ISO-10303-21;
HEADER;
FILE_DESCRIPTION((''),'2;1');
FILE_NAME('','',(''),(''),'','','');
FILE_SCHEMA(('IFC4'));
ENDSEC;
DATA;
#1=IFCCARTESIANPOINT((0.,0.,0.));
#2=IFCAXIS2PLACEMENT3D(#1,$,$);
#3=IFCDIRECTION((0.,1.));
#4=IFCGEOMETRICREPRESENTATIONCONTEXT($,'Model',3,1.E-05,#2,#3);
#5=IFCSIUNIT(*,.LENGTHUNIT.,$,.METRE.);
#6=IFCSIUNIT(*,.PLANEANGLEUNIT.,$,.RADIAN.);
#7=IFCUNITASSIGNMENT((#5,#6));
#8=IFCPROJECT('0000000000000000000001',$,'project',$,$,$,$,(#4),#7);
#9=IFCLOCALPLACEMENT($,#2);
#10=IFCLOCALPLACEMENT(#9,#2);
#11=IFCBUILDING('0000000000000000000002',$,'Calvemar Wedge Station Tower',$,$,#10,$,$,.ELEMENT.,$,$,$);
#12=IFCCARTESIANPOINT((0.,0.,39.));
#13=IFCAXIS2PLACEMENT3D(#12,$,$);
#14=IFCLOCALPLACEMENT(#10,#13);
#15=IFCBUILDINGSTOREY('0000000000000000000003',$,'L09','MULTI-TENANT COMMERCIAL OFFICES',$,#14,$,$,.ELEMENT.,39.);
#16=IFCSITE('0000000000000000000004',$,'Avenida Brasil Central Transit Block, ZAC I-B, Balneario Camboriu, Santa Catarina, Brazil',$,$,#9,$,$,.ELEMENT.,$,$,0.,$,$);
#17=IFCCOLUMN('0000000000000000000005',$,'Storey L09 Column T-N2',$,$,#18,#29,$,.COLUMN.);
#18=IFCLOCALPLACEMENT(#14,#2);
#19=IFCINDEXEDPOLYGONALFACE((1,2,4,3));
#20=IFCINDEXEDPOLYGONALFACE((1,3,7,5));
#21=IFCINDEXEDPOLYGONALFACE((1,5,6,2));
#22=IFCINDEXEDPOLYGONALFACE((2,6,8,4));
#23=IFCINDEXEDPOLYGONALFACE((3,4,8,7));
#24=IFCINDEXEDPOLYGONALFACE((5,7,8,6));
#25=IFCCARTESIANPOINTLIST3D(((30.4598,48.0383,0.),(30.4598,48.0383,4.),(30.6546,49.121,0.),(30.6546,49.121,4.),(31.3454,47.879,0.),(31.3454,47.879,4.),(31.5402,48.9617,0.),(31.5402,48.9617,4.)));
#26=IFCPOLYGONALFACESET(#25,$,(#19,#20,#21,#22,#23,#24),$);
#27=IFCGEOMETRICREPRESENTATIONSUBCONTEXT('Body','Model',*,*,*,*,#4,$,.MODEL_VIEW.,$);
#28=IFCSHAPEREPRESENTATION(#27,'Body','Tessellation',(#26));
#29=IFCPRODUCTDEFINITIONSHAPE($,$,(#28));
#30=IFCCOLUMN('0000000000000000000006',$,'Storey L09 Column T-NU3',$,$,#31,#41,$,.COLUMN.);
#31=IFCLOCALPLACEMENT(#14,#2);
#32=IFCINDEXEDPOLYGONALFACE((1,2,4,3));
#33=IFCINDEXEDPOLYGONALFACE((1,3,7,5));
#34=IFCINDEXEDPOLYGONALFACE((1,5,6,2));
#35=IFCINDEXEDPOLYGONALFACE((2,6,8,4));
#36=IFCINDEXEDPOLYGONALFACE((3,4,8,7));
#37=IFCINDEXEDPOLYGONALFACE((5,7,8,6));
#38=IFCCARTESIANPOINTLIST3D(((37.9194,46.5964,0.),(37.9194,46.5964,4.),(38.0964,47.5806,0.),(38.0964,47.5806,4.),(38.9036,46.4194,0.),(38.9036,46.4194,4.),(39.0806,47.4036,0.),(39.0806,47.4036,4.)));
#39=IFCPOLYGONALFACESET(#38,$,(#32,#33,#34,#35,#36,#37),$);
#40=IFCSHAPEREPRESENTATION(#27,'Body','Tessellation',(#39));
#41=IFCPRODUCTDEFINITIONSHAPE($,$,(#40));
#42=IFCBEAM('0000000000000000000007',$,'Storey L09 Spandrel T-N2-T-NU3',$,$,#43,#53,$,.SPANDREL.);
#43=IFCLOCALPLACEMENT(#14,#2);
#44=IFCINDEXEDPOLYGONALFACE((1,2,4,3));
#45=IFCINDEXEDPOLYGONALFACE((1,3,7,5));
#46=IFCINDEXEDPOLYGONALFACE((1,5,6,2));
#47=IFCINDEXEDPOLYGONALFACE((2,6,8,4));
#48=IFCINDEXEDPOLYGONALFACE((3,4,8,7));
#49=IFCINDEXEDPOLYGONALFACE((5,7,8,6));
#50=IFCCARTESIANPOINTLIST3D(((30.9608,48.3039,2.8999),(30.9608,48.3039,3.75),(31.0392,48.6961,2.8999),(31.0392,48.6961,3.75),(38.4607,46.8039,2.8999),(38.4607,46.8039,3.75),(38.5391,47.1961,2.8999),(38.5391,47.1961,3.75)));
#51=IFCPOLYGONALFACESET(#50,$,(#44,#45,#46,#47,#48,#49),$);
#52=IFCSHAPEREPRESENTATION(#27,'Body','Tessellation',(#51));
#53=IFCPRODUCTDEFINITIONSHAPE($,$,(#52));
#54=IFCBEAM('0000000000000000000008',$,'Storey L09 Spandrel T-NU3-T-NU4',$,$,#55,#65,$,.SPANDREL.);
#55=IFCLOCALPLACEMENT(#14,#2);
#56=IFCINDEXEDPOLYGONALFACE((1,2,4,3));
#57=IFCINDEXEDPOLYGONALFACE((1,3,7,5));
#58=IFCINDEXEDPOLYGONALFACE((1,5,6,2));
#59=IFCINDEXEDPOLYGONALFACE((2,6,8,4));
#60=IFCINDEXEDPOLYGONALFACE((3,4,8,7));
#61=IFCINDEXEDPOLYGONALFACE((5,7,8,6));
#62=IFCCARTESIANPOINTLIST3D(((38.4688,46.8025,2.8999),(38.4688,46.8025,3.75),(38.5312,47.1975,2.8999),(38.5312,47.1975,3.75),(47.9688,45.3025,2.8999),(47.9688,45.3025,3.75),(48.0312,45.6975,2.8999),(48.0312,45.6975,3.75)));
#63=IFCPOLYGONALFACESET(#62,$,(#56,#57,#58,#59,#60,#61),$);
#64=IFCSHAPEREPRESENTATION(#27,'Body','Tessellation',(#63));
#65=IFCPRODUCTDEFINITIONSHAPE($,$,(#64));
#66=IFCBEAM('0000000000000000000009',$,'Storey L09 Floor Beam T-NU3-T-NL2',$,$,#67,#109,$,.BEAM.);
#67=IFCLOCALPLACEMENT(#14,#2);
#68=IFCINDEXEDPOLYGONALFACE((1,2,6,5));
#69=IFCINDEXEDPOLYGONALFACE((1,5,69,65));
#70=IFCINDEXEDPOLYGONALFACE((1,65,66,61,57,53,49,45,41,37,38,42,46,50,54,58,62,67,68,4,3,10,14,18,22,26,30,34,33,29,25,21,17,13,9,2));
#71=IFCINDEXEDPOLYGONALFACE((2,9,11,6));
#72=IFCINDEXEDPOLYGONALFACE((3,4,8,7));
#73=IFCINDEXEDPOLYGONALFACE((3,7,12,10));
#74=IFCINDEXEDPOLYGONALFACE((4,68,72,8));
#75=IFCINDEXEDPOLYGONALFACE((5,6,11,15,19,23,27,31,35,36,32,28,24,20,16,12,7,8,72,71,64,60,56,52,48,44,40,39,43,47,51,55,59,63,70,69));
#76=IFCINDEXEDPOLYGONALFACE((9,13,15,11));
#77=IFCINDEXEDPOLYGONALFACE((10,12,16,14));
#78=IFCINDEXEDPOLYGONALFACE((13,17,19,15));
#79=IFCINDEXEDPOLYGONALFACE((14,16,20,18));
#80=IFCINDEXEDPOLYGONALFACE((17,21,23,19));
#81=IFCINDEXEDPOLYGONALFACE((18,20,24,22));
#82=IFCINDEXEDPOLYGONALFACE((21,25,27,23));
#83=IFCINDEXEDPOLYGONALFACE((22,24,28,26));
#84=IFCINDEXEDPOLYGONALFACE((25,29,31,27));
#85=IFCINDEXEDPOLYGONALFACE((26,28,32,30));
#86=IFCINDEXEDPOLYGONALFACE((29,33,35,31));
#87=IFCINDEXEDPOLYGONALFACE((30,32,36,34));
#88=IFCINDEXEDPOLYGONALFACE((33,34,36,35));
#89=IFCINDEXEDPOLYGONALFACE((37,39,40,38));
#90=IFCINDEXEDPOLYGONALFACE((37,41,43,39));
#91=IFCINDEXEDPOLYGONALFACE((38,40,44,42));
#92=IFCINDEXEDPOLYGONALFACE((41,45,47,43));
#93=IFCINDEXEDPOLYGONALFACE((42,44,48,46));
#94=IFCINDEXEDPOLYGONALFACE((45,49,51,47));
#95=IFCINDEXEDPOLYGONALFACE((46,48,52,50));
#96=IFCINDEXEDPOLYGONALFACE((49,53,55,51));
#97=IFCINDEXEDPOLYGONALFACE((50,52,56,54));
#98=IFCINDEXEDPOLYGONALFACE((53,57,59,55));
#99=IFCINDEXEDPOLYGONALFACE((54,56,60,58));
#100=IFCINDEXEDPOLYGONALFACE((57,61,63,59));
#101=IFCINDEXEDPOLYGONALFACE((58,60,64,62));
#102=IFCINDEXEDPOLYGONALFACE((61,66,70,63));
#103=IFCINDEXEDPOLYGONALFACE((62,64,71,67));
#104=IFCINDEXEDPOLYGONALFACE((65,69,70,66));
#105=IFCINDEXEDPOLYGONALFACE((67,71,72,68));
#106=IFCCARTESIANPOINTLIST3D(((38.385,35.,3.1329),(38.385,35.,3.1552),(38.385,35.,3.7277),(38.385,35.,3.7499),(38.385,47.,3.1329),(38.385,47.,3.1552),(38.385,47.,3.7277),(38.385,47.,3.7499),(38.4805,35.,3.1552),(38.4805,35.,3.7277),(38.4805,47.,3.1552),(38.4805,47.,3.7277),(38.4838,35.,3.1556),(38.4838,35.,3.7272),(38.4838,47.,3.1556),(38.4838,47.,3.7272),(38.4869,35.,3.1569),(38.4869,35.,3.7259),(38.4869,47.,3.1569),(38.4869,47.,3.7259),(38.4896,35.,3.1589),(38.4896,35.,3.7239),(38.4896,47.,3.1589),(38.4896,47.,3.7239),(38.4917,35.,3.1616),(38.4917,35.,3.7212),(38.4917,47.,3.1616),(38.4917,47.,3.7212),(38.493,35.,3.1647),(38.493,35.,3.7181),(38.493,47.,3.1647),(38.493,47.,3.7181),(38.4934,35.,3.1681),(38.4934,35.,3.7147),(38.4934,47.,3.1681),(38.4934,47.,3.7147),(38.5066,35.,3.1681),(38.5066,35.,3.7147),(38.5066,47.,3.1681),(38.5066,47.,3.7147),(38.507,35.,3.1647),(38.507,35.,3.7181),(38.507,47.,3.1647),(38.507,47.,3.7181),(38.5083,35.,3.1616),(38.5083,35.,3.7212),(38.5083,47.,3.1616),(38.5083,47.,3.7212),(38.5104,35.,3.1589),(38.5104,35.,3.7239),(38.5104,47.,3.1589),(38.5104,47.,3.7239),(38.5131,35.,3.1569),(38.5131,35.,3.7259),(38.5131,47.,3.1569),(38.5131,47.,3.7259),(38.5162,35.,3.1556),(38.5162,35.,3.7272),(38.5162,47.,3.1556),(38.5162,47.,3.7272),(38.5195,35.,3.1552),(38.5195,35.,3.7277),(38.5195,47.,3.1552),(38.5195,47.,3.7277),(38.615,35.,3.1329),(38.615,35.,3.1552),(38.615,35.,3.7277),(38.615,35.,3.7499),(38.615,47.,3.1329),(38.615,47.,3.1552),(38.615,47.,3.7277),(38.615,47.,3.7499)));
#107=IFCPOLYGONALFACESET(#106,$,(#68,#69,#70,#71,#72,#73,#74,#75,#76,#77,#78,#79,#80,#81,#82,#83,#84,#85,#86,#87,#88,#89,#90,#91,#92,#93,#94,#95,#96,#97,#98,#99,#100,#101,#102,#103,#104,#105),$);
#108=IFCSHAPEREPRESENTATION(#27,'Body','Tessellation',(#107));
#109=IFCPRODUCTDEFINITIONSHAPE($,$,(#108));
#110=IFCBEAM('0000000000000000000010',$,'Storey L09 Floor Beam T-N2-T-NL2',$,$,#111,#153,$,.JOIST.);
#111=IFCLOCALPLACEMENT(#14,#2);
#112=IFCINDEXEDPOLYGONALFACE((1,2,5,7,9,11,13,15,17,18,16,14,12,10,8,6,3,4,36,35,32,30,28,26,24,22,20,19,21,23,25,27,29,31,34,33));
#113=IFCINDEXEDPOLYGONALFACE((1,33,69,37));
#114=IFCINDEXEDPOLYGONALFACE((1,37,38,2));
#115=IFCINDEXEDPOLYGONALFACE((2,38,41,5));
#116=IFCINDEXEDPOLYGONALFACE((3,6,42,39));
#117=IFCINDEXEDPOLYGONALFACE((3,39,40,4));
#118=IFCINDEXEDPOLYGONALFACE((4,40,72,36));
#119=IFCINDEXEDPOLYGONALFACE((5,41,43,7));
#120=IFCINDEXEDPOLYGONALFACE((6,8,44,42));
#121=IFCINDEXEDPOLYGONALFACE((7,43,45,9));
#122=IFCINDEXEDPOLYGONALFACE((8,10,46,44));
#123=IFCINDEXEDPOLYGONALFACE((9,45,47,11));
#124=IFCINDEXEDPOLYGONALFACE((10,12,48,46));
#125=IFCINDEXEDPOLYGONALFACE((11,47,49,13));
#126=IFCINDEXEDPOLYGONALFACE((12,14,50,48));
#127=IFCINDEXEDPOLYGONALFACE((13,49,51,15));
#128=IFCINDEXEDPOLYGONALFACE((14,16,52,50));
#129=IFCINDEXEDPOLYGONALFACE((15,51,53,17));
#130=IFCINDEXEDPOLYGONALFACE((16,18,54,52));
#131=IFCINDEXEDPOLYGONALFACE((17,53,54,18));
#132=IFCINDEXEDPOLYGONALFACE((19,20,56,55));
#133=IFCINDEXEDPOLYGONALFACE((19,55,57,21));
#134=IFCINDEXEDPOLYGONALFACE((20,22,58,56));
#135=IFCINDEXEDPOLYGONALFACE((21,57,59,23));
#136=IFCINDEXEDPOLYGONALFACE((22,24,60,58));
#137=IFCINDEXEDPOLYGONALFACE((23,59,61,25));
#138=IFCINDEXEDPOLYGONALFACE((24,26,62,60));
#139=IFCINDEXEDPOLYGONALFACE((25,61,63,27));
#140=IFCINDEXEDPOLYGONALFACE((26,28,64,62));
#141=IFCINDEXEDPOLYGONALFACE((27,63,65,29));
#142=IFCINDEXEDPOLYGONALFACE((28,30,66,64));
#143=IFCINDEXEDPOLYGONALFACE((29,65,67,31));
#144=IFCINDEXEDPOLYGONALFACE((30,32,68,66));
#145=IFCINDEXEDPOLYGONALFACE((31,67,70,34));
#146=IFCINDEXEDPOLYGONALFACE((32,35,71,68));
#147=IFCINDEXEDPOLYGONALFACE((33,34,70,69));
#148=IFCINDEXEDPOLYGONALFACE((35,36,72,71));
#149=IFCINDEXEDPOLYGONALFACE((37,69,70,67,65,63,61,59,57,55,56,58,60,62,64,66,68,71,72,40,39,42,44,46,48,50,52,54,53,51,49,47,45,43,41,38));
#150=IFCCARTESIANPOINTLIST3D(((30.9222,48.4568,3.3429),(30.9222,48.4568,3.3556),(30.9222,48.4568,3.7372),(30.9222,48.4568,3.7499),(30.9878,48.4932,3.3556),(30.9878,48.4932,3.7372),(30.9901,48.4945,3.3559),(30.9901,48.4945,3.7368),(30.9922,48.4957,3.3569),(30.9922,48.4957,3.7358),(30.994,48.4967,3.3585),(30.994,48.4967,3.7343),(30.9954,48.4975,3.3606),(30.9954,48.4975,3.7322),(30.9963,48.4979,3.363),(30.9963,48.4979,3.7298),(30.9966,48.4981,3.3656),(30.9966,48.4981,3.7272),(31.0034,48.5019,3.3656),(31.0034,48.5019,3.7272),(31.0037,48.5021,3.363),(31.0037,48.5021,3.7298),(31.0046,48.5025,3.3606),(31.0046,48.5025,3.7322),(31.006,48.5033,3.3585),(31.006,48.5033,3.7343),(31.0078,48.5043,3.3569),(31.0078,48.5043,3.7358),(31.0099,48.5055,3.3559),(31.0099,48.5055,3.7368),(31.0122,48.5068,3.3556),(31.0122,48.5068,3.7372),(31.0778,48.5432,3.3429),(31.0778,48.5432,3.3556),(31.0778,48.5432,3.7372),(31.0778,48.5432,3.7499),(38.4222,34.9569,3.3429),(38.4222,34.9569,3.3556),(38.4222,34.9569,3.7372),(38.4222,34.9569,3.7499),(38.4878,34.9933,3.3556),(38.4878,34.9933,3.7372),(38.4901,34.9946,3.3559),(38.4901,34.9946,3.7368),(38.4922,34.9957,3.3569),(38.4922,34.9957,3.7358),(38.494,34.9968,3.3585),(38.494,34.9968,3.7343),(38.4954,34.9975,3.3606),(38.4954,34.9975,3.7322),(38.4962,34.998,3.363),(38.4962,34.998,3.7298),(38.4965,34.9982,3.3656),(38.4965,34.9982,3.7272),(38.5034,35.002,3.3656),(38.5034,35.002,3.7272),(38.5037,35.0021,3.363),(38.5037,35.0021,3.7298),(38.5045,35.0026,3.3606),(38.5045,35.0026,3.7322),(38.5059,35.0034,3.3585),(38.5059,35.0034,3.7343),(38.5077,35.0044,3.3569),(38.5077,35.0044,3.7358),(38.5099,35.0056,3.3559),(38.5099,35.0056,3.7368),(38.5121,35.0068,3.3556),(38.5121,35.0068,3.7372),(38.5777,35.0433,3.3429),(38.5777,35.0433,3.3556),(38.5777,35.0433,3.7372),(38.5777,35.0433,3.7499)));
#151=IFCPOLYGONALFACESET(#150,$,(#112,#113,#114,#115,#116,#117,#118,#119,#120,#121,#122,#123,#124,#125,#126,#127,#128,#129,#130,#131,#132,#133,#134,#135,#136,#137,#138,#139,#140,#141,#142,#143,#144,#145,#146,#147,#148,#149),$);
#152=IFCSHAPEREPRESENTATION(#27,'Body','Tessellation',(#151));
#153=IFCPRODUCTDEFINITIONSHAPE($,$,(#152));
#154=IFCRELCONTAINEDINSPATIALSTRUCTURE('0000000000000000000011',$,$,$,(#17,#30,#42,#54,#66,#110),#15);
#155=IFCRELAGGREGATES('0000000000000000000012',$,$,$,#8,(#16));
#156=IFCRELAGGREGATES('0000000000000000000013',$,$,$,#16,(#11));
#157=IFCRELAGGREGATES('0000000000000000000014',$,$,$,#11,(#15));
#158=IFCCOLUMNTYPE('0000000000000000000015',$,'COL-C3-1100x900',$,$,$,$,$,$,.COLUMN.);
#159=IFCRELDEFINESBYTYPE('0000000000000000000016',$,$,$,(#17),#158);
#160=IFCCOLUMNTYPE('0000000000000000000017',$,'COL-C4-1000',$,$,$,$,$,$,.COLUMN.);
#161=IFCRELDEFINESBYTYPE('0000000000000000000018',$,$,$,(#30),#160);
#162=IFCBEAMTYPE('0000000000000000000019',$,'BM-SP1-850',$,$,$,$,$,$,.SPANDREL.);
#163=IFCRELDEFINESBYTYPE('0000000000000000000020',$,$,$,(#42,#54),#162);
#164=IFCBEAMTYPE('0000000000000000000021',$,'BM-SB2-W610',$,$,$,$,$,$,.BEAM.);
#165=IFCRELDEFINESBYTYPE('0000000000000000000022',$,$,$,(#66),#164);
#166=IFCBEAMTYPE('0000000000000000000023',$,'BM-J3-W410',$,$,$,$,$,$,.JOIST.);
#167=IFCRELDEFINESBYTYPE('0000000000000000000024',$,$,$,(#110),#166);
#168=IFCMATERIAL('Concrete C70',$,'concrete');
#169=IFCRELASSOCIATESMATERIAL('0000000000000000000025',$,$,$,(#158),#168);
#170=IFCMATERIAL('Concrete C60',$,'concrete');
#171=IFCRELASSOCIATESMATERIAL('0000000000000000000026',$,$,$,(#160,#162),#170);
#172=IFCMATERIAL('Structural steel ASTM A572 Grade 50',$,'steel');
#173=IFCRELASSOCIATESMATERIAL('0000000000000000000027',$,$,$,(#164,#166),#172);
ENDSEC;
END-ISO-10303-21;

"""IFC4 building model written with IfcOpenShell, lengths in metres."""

from ifc_helpers import new_model, si_unit, direction, frame, origin, origin_2d, place, context, subcontext, project, spatial, rectangle, i_section, extrude, source, transform, mapped, material, material_profile, profile_set, type_object, element, save


model = new_model("IFC4")

# Units and contexts
model_context = context("Model", 3, precision=1e-05, world=origin(), true_north=direction((0.0, 1.0)))
body_context = subcontext(model_context, "Body", "Model", "MODEL_VIEW")
ifc_project = project(units=[si_unit("LENGTHUNIT", "METRE"), si_unit("PLANEANGLEUNIT", "RADIAN")], contexts=[model_context])

# Site, building, storey
site_placement = place(None, origin())
site = spatial("IfcSite", under=ifc_project, at=site_placement, Name="Avenida Brasil Central Transit Block, ZAC I-B, Balneario Camboriu, Santa Catarina, Brazil", CompositionType="ELEMENT", RefElevation=0.0)
building_placement = place(site_placement, origin())
building = spatial("IfcBuilding", under=site, at=building_placement, Name="Calvemar Wedge Station Tower", CompositionType="ELEMENT")
storey_placement = place(building_placement, frame((0.0, 0.0, 39.0)))
storey = spatial("IfcBuildingStorey", under=building, at=storey_placement, Name="L09", Description="MULTI-TENANT COMMERCIAL OFFICES", CompositionType="ELEMENT", Elevation=39.0)

# Columns
ifc_material_1 = material(Name="Concrete C70", Category="concrete")
ifc_material_profile_1 = material_profile(ifc_material_1, rectangle(XDim=0.8999, YDim=1.1001, at=origin_2d()), Name="RC1100x900")
ifc_profile_set_1 = profile_set([ifc_material_profile_1], Name="Concrete C70")
column_type_1 = type_object("IfcColumnType", Name="COL-C3-1100x900", PredefinedType="COLUMN", material=ifc_profile_set_1)
shared_shape_1 = source(origin(), body_context, "Body", "SweptSolid", [
    extrude(rectangle(XDim=0.8999, YDim=1.1001, at=origin_2d()), origin(), (0.0, 0.0, 1.0), 4.0),
])
column_1_placement = place(storey_placement, frame((31.0, 48.5, 0.0), z_axis=(0.0, 0.0, 1.0), x_axis=(0.984196, -0.177085, 0.0)))
element("IfcColumn", 1, at=column_1_placement, inside=storey, type_object=column_type_1, Name="Storey L09 Column T-N2", PredefinedType="COLUMN", context=body_context, shape_type="MappedRepresentation", body=[
    mapped(shared_shape_1, transform((0.0, 0.0, 0.0), scale=1.0)),
])
ifc_material_2 = material(Name="Concrete C60", Category="concrete")
ifc_material_profile_2 = material_profile(ifc_material_2, rectangle(XDim=1.0, YDim=1.0, at=origin_2d()), Name="RC1000x1000")
ifc_profile_set_2 = profile_set([ifc_material_profile_2], Name="Concrete C60")
column_type_2 = type_object("IfcColumnType", Name="COL-C4-1000", PredefinedType="COLUMN", material=ifc_profile_set_2)
shared_shape_2 = source(origin(), body_context, "Body", "SweptSolid", [
    extrude(rectangle(XDim=1.0, YDim=1.0, at=origin_2d()), origin(), (0.0, 0.0, 1.0), 4.0),
])
column_2_placement = place(storey_placement, frame((38.5, 47.0, 0.0), z_axis=(0.0, 0.0, 1.0), x_axis=(0.984196, -0.177085, 0.0)))
element("IfcColumn", 2, at=column_2_placement, inside=storey, type_object=column_type_2, Name="Storey L09 Column T-NU3", PredefinedType="COLUMN", context=body_context, shape_type="MappedRepresentation", body=[
    mapped(shared_shape_2, transform((0.0, 0.0, 0.0), scale=1.0)),
])

# Beams
ifc_material_profile_3 = material_profile(ifc_material_2, rectangle(XDim=0.3999, YDim=0.8501, at=origin_2d()), Name="RC400x850")
ifc_profile_set_3 = profile_set([ifc_material_profile_3], Name="Concrete C60")
beam_type_1 = type_object("IfcBeamType", Name="BM-SP1-850", PredefinedType="SPANDREL", material=ifc_profile_set_3)
shared_shape_3 = source(origin(), body_context, "Body", "SweptSolid", [
    extrude(rectangle(XDim=0.3999, YDim=0.8501, at=origin_2d()), origin(), (0.0, 0.0, 1.0), 7.6484),
])
beam_1_placement = place(storey_placement, frame((31.0, 48.5, 3.325), z_axis=(0.980581, -0.196116, 0.0), x_axis=(0.196116, 0.980581, 0.0)))
element("IfcBeam", 3, at=beam_1_placement, inside=storey, type_object=beam_type_1, Name="Storey L09 Spandrel T-N2-T-NU3", PredefinedType="SPANDREL", context=body_context, shape_type="MappedRepresentation", body=[
    mapped(shared_shape_3, transform((0.0, 0.0, 0.0), scale=1.0)),
])
shared_shape_4 = source(origin(), body_context, "Body", "SweptSolid", [
    extrude(rectangle(XDim=0.3999, YDim=0.8501, at=origin_2d()), origin(), (0.0, 0.0, 1.0), 9.6177),
])
beam_2_placement = place(storey_placement, frame((38.5, 47.0, 3.325), z_axis=(0.987763, -0.155963, 0.0), x_axis=(0.155963, 0.987763, 0.0)))
element("IfcBeam", 4, at=beam_2_placement, inside=storey, type_object=beam_type_1, Name="Storey L09 Spandrel T-NU3-T-NU4", PredefinedType="SPANDREL", context=body_context, shape_type="MappedRepresentation", body=[
    mapped(shared_shape_4, transform((0.0, 0.0, 0.0), scale=1.0)),
])
ifc_material_3 = material(Name="Structural steel ASTM A572 Grade 50", Category="steel")
ifc_material_profile_4 = material_profile(ifc_material_3, i_section(OverallWidth=0.23, OverallDepth=0.6169, WebThickness=0.0132, FlangeThickness=0.0222, FilletRadius=0.0129, at=origin_2d()), Name="W610x140")
ifc_profile_set_4 = profile_set([ifc_material_profile_4], Name="Structural steel ASTM A572 Grade 50")
beam_type_2 = type_object("IfcBeamType", Name="BM-SB2-W610", PredefinedType="BEAM", material=ifc_profile_set_4)
shared_shape_5 = source(origin(), body_context, "Body", "SweptSolid", [
    extrude(i_section(OverallWidth=0.23, OverallDepth=0.6169, WebThickness=0.0132, FlangeThickness=0.0222, FilletRadius=0.0129, at=origin_2d()), origin(), (0.0, 0.0, 1.0), 12.0),
])
beam_3_placement = place(storey_placement, frame((38.5, 47.0, 3.4414), z_axis=(0.0, -1.0, 0.0), x_axis=(1.0, 0.0, 0.0)))
element("IfcBeam", 5, at=beam_3_placement, inside=storey, type_object=beam_type_2, Name="Storey L09 Floor Beam T-NU3-T-NL2", PredefinedType="BEAM", context=body_context, shape_type="MappedRepresentation", body=[
    mapped(shared_shape_5, transform((0.0, 0.0, 0.0), scale=1.0)),
])
ifc_material_profile_5 = material_profile(ifc_material_3, i_section(OverallWidth=0.178, OverallDepth=0.407, WebThickness=0.0078, FlangeThickness=0.0127, FilletRadius=0.01, at=origin_2d()), Name="W410x60")
ifc_profile_set_5 = profile_set([ifc_material_profile_5], Name="Structural steel ASTM A572 Grade 50")
beam_type_3 = type_object("IfcBeamType", Name="BM-J3-W410", PredefinedType="JOIST", material=ifc_profile_set_5)
shared_shape_6 = source(origin(), body_context, "Body", "SweptSolid", [
    extrude(i_section(OverallWidth=0.178, OverallDepth=0.407, WebThickness=0.0078, FlangeThickness=0.0127, FilletRadius=0.01, at=origin_2d()), origin(), (0.0, 0.0, 1.0), 15.4434),
])
beam_4_placement = place(storey_placement, frame((31.0, 48.5, 3.5464), z_axis=(0.485643, -0.874157, 0.0), x_axis=(0.874157, 0.485643, 0.0)))
element("IfcBeam", 6, at=beam_4_placement, inside=storey, type_object=beam_type_3, Name="Storey L09 Floor Beam T-N2-T-NL2", PredefinedType="JOIST", context=body_context, shape_type="MappedRepresentation", body=[
    mapped(shared_shape_6, transform((0.0, 0.0, 0.0), scale=1.0)),
])

save(model, "model.ifc")
